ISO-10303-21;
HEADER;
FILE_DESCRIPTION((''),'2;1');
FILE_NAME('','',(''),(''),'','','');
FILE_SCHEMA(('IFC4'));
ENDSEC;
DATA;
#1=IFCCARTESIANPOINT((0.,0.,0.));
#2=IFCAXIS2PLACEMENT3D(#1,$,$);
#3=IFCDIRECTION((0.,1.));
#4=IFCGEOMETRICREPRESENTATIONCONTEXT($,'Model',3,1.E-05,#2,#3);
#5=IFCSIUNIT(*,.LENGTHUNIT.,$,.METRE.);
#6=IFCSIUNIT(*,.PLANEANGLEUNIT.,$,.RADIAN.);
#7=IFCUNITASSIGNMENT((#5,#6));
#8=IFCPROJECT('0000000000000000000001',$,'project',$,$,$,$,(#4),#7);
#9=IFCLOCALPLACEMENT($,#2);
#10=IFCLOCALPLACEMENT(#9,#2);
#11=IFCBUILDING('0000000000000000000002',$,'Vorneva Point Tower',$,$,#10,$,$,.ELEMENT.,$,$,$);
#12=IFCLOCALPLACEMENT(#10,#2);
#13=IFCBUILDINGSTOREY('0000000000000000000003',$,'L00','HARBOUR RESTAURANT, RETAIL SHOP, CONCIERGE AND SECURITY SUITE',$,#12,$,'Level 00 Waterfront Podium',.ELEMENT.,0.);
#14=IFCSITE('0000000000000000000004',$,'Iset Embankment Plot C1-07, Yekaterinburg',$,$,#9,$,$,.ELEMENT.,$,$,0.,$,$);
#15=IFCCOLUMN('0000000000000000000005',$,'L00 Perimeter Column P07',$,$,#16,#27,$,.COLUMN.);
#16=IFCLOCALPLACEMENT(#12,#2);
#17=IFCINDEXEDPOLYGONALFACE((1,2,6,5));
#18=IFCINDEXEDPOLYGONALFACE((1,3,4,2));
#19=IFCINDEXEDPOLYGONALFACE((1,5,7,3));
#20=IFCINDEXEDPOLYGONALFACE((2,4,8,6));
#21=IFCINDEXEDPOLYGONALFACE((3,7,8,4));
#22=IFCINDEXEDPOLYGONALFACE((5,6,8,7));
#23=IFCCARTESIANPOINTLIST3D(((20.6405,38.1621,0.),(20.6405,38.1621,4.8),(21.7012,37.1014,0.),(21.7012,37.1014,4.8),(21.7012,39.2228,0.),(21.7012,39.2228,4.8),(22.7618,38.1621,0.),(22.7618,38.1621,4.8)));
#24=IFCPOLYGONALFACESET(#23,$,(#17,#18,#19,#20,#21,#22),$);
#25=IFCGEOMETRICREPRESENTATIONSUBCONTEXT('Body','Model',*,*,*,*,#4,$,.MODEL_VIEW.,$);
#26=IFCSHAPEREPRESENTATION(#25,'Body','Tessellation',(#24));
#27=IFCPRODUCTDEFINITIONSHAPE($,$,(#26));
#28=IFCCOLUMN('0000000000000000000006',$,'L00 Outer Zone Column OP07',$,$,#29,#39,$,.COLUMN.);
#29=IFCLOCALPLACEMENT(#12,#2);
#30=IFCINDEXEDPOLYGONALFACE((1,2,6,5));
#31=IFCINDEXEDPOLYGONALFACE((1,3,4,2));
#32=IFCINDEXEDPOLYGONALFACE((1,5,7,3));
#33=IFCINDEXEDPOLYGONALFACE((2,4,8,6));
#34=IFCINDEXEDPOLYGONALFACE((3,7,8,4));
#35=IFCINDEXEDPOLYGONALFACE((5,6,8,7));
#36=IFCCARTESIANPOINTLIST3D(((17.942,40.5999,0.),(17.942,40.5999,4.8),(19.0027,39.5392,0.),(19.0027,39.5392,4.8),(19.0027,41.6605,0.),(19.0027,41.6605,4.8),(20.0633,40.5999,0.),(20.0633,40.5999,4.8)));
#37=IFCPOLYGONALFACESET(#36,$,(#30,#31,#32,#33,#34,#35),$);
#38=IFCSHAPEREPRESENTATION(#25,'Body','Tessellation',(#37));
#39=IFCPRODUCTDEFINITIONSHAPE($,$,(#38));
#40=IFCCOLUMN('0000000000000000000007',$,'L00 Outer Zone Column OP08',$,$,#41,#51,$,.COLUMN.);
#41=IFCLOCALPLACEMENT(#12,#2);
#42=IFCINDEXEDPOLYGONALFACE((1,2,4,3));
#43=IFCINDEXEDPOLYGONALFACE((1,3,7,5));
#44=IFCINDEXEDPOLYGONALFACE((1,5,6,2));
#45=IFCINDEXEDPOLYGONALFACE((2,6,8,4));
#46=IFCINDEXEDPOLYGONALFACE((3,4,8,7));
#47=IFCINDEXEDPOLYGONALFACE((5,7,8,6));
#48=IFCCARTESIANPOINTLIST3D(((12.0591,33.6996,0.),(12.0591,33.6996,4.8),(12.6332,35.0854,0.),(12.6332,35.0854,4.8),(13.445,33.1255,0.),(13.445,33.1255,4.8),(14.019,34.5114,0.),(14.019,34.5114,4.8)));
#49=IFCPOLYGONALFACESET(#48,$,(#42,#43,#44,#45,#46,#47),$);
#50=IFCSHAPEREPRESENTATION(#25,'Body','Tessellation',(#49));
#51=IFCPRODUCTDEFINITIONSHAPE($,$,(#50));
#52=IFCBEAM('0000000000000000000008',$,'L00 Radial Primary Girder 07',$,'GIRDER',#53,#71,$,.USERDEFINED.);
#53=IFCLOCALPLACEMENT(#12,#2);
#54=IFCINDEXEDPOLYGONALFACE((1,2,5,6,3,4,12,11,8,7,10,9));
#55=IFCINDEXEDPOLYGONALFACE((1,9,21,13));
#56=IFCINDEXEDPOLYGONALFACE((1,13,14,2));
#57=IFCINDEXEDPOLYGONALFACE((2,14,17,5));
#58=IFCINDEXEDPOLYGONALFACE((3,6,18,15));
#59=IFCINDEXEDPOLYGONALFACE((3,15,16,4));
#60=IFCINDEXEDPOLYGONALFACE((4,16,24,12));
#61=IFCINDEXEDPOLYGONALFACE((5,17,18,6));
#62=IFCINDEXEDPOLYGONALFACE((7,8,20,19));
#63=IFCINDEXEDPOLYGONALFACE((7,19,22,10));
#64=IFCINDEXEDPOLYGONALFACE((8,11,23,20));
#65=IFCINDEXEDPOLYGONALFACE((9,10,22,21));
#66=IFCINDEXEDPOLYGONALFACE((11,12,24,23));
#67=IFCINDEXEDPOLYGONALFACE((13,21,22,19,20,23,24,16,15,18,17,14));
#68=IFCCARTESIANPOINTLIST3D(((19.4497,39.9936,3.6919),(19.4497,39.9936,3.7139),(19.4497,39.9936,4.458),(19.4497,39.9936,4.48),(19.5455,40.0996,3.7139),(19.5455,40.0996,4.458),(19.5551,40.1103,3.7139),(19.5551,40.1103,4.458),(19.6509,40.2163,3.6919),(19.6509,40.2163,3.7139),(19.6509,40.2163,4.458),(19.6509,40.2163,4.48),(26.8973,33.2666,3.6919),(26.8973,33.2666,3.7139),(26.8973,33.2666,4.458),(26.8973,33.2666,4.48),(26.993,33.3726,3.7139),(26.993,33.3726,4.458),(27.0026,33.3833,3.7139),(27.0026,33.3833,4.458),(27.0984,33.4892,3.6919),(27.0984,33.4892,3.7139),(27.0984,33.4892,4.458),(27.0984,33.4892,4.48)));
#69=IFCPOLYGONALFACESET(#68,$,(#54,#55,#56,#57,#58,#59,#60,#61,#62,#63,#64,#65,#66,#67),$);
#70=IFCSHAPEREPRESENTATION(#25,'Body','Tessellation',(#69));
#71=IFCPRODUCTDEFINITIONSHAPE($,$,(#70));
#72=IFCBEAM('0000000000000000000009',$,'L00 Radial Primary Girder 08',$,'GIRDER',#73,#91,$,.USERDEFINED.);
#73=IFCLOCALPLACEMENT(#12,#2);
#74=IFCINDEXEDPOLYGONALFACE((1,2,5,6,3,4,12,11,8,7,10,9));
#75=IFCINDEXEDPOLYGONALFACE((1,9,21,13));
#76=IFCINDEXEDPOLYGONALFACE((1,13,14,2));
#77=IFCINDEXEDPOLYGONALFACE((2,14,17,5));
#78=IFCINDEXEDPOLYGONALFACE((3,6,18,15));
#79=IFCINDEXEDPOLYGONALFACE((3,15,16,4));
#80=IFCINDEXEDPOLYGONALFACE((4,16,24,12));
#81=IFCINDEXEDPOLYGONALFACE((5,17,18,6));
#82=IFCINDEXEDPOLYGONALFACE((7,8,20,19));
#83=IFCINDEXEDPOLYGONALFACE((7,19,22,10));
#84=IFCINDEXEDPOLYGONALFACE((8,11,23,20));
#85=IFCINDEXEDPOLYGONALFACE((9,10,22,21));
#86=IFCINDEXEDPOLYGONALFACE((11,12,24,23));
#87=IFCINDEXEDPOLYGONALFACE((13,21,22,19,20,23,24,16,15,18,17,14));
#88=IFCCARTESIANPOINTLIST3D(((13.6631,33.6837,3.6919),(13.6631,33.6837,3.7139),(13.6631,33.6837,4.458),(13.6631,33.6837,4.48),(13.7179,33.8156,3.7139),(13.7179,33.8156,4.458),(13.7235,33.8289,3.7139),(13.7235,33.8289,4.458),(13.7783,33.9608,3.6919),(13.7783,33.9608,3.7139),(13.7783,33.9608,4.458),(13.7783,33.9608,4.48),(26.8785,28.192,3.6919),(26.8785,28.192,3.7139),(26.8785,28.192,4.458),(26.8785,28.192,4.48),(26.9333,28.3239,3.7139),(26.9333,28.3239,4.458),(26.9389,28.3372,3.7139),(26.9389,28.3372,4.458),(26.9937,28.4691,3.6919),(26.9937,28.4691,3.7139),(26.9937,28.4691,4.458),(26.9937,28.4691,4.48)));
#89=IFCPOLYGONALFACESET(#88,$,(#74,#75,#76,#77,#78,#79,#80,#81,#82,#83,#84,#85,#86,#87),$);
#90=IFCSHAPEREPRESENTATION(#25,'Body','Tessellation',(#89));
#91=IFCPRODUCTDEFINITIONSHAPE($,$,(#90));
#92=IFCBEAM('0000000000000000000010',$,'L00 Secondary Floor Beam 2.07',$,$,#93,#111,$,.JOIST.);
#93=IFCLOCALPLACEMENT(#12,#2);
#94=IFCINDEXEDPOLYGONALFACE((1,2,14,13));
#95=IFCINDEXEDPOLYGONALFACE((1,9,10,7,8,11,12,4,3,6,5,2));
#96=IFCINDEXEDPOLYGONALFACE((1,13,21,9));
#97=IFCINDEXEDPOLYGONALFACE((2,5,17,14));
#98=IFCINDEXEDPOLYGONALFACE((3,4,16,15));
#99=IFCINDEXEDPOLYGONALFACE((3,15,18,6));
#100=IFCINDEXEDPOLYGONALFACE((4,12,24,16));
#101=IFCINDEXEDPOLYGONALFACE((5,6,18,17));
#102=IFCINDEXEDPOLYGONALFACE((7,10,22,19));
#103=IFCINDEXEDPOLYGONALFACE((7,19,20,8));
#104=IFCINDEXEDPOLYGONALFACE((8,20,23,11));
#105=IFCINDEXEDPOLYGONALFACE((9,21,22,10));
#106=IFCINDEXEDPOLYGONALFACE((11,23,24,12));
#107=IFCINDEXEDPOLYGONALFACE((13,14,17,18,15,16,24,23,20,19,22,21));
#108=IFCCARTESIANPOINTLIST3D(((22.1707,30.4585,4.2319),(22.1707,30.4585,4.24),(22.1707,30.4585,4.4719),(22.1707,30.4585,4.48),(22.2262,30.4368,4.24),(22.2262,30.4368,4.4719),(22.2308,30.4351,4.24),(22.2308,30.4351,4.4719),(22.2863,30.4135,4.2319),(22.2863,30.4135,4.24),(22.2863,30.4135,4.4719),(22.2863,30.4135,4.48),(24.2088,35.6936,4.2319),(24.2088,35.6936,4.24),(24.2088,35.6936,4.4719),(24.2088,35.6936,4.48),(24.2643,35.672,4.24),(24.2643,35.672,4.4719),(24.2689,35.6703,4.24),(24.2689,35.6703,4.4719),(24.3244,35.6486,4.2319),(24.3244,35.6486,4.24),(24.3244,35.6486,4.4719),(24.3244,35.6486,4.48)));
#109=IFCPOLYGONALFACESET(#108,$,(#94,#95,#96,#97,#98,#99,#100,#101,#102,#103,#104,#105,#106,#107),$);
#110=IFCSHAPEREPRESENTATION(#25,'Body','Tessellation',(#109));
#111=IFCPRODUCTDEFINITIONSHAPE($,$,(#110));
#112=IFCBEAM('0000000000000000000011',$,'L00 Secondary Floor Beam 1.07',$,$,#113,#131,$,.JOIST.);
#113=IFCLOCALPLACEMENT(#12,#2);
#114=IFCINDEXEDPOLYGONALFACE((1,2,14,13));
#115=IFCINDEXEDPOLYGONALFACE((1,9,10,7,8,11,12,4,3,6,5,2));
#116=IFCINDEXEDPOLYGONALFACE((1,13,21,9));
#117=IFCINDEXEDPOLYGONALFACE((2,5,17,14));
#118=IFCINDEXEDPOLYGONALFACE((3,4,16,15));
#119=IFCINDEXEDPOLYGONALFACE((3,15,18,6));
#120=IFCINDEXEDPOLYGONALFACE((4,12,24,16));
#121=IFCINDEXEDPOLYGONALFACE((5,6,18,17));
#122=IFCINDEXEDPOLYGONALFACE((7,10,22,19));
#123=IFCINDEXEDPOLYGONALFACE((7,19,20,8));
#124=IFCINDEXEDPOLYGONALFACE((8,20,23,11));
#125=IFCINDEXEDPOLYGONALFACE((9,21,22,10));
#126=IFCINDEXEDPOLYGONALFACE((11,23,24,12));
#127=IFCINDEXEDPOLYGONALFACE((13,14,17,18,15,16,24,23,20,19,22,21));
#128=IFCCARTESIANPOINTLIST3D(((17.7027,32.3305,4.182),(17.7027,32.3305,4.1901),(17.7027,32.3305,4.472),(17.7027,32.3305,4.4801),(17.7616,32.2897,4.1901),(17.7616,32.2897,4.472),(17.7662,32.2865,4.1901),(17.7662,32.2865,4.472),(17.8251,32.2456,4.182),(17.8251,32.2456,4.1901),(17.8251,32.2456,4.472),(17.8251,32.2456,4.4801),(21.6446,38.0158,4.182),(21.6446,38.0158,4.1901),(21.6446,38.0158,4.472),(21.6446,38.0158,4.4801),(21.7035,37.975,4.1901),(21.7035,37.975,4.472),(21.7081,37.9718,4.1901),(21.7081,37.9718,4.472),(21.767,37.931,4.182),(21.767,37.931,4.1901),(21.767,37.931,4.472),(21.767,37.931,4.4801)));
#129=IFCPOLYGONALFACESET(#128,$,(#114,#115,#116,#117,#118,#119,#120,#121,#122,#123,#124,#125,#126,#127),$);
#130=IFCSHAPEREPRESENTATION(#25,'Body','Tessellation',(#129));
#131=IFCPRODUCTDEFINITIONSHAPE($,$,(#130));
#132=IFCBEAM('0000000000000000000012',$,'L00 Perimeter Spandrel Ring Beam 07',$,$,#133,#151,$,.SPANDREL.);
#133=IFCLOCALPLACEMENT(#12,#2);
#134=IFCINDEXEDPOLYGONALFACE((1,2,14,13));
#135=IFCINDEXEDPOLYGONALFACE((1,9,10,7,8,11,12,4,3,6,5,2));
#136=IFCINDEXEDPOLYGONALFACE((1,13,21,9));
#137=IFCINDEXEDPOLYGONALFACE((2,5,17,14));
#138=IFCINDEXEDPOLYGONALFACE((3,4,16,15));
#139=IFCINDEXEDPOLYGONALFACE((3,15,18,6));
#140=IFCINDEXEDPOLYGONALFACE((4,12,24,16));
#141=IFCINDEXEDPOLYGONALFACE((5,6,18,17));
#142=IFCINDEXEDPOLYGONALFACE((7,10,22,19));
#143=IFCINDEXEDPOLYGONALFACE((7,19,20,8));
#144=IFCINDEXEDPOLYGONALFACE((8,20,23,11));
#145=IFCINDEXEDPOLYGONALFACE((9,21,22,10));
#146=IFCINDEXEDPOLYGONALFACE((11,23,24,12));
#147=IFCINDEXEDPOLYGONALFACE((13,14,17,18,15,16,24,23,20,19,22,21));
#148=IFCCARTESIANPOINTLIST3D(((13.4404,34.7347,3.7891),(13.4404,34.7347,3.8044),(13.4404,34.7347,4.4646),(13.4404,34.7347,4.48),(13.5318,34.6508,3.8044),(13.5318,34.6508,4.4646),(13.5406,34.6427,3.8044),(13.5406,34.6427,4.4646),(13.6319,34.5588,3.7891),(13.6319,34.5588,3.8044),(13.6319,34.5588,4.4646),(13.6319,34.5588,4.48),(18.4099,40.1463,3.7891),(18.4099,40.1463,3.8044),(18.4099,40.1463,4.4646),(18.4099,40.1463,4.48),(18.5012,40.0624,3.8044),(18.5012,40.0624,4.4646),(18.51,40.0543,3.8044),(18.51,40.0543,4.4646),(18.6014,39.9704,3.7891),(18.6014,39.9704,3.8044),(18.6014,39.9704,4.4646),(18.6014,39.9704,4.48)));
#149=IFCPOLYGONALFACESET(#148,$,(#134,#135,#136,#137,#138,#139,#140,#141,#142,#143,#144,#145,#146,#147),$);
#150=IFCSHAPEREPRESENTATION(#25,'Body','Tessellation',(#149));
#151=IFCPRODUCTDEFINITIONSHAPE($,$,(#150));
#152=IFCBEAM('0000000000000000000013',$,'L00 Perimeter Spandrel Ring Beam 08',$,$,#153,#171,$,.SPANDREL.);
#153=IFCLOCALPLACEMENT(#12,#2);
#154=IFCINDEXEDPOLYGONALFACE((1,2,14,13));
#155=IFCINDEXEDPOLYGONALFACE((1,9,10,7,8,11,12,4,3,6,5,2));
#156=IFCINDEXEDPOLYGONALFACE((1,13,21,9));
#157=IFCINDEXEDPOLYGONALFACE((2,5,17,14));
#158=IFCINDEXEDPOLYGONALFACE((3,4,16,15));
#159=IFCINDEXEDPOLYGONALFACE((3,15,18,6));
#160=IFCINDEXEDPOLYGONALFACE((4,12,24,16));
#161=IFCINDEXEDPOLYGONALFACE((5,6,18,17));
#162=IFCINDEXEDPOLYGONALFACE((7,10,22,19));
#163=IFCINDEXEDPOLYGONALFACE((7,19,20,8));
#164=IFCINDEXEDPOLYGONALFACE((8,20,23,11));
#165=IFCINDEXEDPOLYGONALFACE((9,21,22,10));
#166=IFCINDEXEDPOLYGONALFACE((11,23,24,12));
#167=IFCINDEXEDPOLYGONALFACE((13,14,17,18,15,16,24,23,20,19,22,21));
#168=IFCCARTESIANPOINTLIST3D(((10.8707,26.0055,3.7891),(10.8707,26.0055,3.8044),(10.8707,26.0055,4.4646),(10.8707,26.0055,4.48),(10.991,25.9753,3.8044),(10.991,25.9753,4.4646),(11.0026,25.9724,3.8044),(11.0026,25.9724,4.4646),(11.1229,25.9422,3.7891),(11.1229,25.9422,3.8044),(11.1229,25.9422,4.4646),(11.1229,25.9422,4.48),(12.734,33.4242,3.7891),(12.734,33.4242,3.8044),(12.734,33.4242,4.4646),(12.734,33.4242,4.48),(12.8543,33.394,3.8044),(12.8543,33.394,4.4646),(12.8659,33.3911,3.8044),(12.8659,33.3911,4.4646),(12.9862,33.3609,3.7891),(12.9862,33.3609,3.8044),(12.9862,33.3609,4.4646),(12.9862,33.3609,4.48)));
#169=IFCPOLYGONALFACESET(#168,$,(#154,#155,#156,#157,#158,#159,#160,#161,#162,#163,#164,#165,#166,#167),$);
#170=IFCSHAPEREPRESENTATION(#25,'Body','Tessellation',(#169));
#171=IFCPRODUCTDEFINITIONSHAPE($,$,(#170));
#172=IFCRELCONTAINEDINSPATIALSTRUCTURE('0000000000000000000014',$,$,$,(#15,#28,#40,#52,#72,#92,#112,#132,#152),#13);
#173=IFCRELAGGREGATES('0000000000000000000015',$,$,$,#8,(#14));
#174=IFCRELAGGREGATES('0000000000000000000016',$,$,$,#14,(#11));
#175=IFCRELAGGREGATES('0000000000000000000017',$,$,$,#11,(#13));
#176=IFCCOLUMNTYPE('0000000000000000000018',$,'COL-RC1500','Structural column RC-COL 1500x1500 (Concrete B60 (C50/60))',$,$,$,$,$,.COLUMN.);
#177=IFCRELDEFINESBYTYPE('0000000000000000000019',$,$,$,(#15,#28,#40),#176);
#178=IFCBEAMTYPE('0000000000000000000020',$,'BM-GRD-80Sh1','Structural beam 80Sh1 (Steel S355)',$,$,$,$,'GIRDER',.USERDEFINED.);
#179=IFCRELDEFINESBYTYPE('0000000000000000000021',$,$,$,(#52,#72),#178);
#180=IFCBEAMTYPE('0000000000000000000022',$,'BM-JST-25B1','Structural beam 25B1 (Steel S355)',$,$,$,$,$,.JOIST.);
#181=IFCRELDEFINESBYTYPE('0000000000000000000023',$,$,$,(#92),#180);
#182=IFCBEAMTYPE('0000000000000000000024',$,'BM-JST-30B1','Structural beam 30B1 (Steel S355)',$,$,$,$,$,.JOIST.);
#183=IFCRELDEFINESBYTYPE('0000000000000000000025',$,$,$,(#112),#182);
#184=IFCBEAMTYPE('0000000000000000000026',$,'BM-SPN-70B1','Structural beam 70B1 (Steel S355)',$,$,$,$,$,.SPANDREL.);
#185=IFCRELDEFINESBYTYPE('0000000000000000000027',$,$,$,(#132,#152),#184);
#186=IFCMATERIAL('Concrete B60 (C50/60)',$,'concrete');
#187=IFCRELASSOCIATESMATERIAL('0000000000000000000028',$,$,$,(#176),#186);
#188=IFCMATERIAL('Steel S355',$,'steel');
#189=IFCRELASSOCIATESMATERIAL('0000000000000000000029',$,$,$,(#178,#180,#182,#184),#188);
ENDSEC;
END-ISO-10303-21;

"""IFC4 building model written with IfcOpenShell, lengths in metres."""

from ifc_helpers import new_model, si_unit, direction, frame, origin, origin_2d, place, context, subcontext, project, spatial, rectangle, i_section, extrude, material, material_profile, profile_set, type_object, element, save


model = new_model("IFC4")

# Units and contexts
model_context = context("Model", 3, precision=1e-05, world=origin(), true_north=direction((0.0, 1.0)))
body_context = subcontext(model_context, "Body", "Model", "MODEL_VIEW")
ifc_project = project(units=[si_unit("LENGTHUNIT", "METRE"), si_unit("PLANEANGLEUNIT", "RADIAN")], contexts=[model_context])

# Site, building, storey
site_placement = place(None, origin())
site = spatial("IfcSite", under=ifc_project, at=site_placement, Name="Iset Embankment Plot C1-07, Yekaterinburg", CompositionType="ELEMENT", RefElevation=0.0)
building_placement = place(site_placement, origin())
building = spatial("IfcBuilding", under=site, at=building_placement, Name="Vorneva Point Tower", CompositionType="ELEMENT")
storey_placement = place(building_placement, origin())
storey = spatial("IfcBuildingStorey", under=building, at=storey_placement, Name="L00", Description="HARBOUR RESTAURANT, RETAIL SHOP, CONCIERGE AND SECURITY SUITE", LongName="Level 00 Waterfront Podium", CompositionType="ELEMENT", Elevation=0.0)

# Columns
ifc_material_1 = material(Name="Concrete B60 (C50/60)", Category="concrete")
ifc_material_profile_1 = material_profile(ifc_material_1, rectangle(XDim=1.5, YDim=1.5, at=origin_2d()), Name="RC-COL 1500x1500")
ifc_profile_set_1 = profile_set([ifc_material_profile_1], Name="Concrete B60 (C50/60)")
column_type = type_object("IfcColumnType", Name="COL-RC1500", Description="Structural column RC-COL 1500x1500 (Concrete B60 (C50/60))", PredefinedType="COLUMN", material=ifc_profile_set_1)
for number, where, z_axis, x_axis, name in (
    (1, (21.7012, 38.1621, 0.0), (0.0, 0.0, 1.0), (-0.707107, 0.707107, 0.0), "L00 Perimeter Column P07"),
    (2, (19.0027, 40.5999, 0.0), (0.0, 0.0, 1.0), (-0.707107, 0.707107, 0.0), "L00 Outer Zone Column OP07"),
    (3, (13.0391, 34.1055, 0.0), (0.0, 0.0, 1.0), (-0.92388, 0.382683, 0.0), "L00 Outer Zone Column OP08"),
):
    element("IfcColumn", number, at=place(storey_placement, frame(where, z_axis=z_axis, x_axis=x_axis)), inside=storey, type_object=column_type, Name=name, PredefinedType="COLUMN", context=body_context, shape_type="SweptSolid", body=[
        extrude(rectangle(XDim=1.5, YDim=1.5, at=origin_2d()), origin(), (0.0, 0.0, 1.0), 4.8),
    ])

# Beams
ifc_material_2 = material(Name="Steel S355", Category="steel")
ifc_material_profile_2 = material_profile(ifc_material_2, i_section(OverallWidth=0.3, OverallDepth=0.7881, WebThickness=0.0144, FlangeThickness=0.022, at=origin_2d()), Name="80Sh1")
ifc_profile_set_2 = profile_set([ifc_material_profile_2], Name="Steel S355")
beam_type_1 = type_object("IfcBeamType", Name="BM-GRD-80Sh1", Description="Structural beam 80Sh1 (Steel S355)", ElementType="GIRDER", PredefinedType="USERDEFINED", material=ifc_profile_set_2)
beam_1_placement = place(storey_placement, frame((19.5503, 40.105, 4.0859), z_axis=(0.742089, -0.670301, 0.0), x_axis=(0.670301, 0.742089, 0.0)))
element("IfcBeam", 4, at=beam_1_placement, inside=storey, type_object=beam_type_1, Name="L00 Radial Primary Girder 07", ObjectType="GIRDER", PredefinedType="USERDEFINED", context=body_context, shape_type="SweptSolid", body=[
    extrude(i_section(OverallWidth=0.3, OverallDepth=0.7881, WebThickness=0.0144, FlangeThickness=0.022, at=origin_2d()), origin(), (0.0, 0.0, 1.0), 10.0359),
])
beam_2_placement = place(storey_placement, frame((13.7207, 33.8223, 4.0859), z_axis=(0.923441, -0.383741, 0.0), x_axis=(0.383741, 0.923441, 0.0)))
element("IfcBeam", 5, at=beam_2_placement, inside=storey, type_object=beam_type_1, Name="L00 Radial Primary Girder 08", ObjectType="GIRDER", PredefinedType="USERDEFINED", context=body_context, shape_type="SweptSolid", body=[
    extrude(i_section(OverallWidth=0.3, OverallDepth=0.7881, WebThickness=0.0144, FlangeThickness=0.022, at=origin_2d()), origin(), (0.0, 0.0, 1.0), 14.311),
])
ifc_material_profile_3 = material_profile(ifc_material_2, i_section(OverallWidth=0.124, OverallDepth=0.248, WebThickness=0.0049, FlangeThickness=0.0081, at=origin_2d()), Name="25B1")
ifc_profile_set_3 = profile_set([ifc_material_profile_3], Name="Steel S355")
beam_type_2 = type_object("IfcBeamType", Name="BM-JST-25B1", Description="Structural beam 25B1 (Steel S355)", PredefinedType="JOIST", material=ifc_profile_set_3)
beam_3_placement = place(storey_placement, frame((24.2666, 35.6711, 4.356), z_axis=(-0.362788, -0.931872, 0.0), x_axis=(0.931872, -0.362788, 0.0)))
element("IfcBeam", 6, at=beam_3_placement, inside=storey, type_object=beam_type_2, Name="L00 Secondary Floor Beam 2.07", PredefinedType="JOIST", context=body_context, shape_type="SweptSolid", body=[
    extrude(i_section(OverallWidth=0.124, OverallDepth=0.248, WebThickness=0.0049, FlangeThickness=0.0081, at=origin_2d()), origin(), (0.0, 0.0, 1.0), 5.6179),
])
ifc_material_profile_4 = material_profile(ifc_material_2, i_section(OverallWidth=0.1489, OverallDepth=0.2981, WebThickness=0.0056, FlangeThickness=0.0081, at=origin_2d()), Name="30B1")
ifc_profile_set_4 = profile_set([ifc_material_profile_4], Name="Steel S355")
beam_type_3 = type_object("IfcBeamType", Name="BM-JST-30B1", Description="Structural beam 30B1 (Steel S355)", PredefinedType="JOIST", material=ifc_profile_set_4)
beam_4_placement = place(storey_placement, frame((21.7058, 37.9734, 4.3311), z_axis=(-0.569788, -0.821792, 0.0), x_axis=(0.821792, -0.569788, 0.0)))
element("IfcBeam", 7, at=beam_4_placement, inside=storey, type_object=beam_type_3, Name="L00 Secondary Floor Beam 1.07", PredefinedType="JOIST", context=body_context, shape_type="SweptSolid", body=[
    extrude(i_section(OverallWidth=0.1489, OverallDepth=0.2981, WebThickness=0.0056, FlangeThickness=0.0081, at=origin_2d()), origin(), (0.0, 0.0, 1.0), 6.9182),
])
ifc_material_profile_5 = material_profile(ifc_material_2, i_section(OverallWidth=0.26, OverallDepth=0.6909, WebThickness=0.012, FlangeThickness=0.0154, at=origin_2d()), Name="70B1")
ifc_profile_set_5 = profile_set([ifc_material_profile_5], Name="Steel S355")
beam_type_4 = type_object("IfcBeamType", Name="BM-SPN-70B1", Description="Structural beam 70B1 (Steel S355)", PredefinedType="SPANDREL", material=ifc_profile_set_5)
beam_5_placement = place(storey_placement, frame((18.5056, 40.0583, 4.1345), z_axis=(-0.676377, -0.736555, 0.0), x_axis=(0.736555, -0.676377, 0.0)))
element("IfcBeam", 8, at=beam_5_placement, inside=storey, type_object=beam_type_4, Name="L00 Perimeter Spandrel Ring Beam 07", PredefinedType="SPANDREL", context=body_context, shape_type="SweptSolid", body=[
    extrude(i_section(OverallWidth=0.26, OverallDepth=0.6909, WebThickness=0.012, FlangeThickness=0.0154, at=origin_2d()), origin(), (0.0, 0.0, 1.0), 7.3472),
])
beam_6_placement = place(storey_placement, frame((12.8601, 33.3926, 4.1345), z_axis=(-0.243594, -0.969877, 0.0), x_axis=(0.969877, -0.243594, 0.0)))
element("IfcBeam", 9, at=beam_6_placement, inside=storey, type_object=beam_type_4, Name="L00 Perimeter Spandrel Ring Beam 08", PredefinedType="SPANDREL", context=body_context, shape_type="SweptSolid", body=[
    extrude(i_section(OverallWidth=0.26, OverallDepth=0.6909, WebThickness=0.012, FlangeThickness=0.0154, at=origin_2d()), origin(), (0.0, 0.0, 1.0), 7.6492),
])

save(model, "model.ifc")
